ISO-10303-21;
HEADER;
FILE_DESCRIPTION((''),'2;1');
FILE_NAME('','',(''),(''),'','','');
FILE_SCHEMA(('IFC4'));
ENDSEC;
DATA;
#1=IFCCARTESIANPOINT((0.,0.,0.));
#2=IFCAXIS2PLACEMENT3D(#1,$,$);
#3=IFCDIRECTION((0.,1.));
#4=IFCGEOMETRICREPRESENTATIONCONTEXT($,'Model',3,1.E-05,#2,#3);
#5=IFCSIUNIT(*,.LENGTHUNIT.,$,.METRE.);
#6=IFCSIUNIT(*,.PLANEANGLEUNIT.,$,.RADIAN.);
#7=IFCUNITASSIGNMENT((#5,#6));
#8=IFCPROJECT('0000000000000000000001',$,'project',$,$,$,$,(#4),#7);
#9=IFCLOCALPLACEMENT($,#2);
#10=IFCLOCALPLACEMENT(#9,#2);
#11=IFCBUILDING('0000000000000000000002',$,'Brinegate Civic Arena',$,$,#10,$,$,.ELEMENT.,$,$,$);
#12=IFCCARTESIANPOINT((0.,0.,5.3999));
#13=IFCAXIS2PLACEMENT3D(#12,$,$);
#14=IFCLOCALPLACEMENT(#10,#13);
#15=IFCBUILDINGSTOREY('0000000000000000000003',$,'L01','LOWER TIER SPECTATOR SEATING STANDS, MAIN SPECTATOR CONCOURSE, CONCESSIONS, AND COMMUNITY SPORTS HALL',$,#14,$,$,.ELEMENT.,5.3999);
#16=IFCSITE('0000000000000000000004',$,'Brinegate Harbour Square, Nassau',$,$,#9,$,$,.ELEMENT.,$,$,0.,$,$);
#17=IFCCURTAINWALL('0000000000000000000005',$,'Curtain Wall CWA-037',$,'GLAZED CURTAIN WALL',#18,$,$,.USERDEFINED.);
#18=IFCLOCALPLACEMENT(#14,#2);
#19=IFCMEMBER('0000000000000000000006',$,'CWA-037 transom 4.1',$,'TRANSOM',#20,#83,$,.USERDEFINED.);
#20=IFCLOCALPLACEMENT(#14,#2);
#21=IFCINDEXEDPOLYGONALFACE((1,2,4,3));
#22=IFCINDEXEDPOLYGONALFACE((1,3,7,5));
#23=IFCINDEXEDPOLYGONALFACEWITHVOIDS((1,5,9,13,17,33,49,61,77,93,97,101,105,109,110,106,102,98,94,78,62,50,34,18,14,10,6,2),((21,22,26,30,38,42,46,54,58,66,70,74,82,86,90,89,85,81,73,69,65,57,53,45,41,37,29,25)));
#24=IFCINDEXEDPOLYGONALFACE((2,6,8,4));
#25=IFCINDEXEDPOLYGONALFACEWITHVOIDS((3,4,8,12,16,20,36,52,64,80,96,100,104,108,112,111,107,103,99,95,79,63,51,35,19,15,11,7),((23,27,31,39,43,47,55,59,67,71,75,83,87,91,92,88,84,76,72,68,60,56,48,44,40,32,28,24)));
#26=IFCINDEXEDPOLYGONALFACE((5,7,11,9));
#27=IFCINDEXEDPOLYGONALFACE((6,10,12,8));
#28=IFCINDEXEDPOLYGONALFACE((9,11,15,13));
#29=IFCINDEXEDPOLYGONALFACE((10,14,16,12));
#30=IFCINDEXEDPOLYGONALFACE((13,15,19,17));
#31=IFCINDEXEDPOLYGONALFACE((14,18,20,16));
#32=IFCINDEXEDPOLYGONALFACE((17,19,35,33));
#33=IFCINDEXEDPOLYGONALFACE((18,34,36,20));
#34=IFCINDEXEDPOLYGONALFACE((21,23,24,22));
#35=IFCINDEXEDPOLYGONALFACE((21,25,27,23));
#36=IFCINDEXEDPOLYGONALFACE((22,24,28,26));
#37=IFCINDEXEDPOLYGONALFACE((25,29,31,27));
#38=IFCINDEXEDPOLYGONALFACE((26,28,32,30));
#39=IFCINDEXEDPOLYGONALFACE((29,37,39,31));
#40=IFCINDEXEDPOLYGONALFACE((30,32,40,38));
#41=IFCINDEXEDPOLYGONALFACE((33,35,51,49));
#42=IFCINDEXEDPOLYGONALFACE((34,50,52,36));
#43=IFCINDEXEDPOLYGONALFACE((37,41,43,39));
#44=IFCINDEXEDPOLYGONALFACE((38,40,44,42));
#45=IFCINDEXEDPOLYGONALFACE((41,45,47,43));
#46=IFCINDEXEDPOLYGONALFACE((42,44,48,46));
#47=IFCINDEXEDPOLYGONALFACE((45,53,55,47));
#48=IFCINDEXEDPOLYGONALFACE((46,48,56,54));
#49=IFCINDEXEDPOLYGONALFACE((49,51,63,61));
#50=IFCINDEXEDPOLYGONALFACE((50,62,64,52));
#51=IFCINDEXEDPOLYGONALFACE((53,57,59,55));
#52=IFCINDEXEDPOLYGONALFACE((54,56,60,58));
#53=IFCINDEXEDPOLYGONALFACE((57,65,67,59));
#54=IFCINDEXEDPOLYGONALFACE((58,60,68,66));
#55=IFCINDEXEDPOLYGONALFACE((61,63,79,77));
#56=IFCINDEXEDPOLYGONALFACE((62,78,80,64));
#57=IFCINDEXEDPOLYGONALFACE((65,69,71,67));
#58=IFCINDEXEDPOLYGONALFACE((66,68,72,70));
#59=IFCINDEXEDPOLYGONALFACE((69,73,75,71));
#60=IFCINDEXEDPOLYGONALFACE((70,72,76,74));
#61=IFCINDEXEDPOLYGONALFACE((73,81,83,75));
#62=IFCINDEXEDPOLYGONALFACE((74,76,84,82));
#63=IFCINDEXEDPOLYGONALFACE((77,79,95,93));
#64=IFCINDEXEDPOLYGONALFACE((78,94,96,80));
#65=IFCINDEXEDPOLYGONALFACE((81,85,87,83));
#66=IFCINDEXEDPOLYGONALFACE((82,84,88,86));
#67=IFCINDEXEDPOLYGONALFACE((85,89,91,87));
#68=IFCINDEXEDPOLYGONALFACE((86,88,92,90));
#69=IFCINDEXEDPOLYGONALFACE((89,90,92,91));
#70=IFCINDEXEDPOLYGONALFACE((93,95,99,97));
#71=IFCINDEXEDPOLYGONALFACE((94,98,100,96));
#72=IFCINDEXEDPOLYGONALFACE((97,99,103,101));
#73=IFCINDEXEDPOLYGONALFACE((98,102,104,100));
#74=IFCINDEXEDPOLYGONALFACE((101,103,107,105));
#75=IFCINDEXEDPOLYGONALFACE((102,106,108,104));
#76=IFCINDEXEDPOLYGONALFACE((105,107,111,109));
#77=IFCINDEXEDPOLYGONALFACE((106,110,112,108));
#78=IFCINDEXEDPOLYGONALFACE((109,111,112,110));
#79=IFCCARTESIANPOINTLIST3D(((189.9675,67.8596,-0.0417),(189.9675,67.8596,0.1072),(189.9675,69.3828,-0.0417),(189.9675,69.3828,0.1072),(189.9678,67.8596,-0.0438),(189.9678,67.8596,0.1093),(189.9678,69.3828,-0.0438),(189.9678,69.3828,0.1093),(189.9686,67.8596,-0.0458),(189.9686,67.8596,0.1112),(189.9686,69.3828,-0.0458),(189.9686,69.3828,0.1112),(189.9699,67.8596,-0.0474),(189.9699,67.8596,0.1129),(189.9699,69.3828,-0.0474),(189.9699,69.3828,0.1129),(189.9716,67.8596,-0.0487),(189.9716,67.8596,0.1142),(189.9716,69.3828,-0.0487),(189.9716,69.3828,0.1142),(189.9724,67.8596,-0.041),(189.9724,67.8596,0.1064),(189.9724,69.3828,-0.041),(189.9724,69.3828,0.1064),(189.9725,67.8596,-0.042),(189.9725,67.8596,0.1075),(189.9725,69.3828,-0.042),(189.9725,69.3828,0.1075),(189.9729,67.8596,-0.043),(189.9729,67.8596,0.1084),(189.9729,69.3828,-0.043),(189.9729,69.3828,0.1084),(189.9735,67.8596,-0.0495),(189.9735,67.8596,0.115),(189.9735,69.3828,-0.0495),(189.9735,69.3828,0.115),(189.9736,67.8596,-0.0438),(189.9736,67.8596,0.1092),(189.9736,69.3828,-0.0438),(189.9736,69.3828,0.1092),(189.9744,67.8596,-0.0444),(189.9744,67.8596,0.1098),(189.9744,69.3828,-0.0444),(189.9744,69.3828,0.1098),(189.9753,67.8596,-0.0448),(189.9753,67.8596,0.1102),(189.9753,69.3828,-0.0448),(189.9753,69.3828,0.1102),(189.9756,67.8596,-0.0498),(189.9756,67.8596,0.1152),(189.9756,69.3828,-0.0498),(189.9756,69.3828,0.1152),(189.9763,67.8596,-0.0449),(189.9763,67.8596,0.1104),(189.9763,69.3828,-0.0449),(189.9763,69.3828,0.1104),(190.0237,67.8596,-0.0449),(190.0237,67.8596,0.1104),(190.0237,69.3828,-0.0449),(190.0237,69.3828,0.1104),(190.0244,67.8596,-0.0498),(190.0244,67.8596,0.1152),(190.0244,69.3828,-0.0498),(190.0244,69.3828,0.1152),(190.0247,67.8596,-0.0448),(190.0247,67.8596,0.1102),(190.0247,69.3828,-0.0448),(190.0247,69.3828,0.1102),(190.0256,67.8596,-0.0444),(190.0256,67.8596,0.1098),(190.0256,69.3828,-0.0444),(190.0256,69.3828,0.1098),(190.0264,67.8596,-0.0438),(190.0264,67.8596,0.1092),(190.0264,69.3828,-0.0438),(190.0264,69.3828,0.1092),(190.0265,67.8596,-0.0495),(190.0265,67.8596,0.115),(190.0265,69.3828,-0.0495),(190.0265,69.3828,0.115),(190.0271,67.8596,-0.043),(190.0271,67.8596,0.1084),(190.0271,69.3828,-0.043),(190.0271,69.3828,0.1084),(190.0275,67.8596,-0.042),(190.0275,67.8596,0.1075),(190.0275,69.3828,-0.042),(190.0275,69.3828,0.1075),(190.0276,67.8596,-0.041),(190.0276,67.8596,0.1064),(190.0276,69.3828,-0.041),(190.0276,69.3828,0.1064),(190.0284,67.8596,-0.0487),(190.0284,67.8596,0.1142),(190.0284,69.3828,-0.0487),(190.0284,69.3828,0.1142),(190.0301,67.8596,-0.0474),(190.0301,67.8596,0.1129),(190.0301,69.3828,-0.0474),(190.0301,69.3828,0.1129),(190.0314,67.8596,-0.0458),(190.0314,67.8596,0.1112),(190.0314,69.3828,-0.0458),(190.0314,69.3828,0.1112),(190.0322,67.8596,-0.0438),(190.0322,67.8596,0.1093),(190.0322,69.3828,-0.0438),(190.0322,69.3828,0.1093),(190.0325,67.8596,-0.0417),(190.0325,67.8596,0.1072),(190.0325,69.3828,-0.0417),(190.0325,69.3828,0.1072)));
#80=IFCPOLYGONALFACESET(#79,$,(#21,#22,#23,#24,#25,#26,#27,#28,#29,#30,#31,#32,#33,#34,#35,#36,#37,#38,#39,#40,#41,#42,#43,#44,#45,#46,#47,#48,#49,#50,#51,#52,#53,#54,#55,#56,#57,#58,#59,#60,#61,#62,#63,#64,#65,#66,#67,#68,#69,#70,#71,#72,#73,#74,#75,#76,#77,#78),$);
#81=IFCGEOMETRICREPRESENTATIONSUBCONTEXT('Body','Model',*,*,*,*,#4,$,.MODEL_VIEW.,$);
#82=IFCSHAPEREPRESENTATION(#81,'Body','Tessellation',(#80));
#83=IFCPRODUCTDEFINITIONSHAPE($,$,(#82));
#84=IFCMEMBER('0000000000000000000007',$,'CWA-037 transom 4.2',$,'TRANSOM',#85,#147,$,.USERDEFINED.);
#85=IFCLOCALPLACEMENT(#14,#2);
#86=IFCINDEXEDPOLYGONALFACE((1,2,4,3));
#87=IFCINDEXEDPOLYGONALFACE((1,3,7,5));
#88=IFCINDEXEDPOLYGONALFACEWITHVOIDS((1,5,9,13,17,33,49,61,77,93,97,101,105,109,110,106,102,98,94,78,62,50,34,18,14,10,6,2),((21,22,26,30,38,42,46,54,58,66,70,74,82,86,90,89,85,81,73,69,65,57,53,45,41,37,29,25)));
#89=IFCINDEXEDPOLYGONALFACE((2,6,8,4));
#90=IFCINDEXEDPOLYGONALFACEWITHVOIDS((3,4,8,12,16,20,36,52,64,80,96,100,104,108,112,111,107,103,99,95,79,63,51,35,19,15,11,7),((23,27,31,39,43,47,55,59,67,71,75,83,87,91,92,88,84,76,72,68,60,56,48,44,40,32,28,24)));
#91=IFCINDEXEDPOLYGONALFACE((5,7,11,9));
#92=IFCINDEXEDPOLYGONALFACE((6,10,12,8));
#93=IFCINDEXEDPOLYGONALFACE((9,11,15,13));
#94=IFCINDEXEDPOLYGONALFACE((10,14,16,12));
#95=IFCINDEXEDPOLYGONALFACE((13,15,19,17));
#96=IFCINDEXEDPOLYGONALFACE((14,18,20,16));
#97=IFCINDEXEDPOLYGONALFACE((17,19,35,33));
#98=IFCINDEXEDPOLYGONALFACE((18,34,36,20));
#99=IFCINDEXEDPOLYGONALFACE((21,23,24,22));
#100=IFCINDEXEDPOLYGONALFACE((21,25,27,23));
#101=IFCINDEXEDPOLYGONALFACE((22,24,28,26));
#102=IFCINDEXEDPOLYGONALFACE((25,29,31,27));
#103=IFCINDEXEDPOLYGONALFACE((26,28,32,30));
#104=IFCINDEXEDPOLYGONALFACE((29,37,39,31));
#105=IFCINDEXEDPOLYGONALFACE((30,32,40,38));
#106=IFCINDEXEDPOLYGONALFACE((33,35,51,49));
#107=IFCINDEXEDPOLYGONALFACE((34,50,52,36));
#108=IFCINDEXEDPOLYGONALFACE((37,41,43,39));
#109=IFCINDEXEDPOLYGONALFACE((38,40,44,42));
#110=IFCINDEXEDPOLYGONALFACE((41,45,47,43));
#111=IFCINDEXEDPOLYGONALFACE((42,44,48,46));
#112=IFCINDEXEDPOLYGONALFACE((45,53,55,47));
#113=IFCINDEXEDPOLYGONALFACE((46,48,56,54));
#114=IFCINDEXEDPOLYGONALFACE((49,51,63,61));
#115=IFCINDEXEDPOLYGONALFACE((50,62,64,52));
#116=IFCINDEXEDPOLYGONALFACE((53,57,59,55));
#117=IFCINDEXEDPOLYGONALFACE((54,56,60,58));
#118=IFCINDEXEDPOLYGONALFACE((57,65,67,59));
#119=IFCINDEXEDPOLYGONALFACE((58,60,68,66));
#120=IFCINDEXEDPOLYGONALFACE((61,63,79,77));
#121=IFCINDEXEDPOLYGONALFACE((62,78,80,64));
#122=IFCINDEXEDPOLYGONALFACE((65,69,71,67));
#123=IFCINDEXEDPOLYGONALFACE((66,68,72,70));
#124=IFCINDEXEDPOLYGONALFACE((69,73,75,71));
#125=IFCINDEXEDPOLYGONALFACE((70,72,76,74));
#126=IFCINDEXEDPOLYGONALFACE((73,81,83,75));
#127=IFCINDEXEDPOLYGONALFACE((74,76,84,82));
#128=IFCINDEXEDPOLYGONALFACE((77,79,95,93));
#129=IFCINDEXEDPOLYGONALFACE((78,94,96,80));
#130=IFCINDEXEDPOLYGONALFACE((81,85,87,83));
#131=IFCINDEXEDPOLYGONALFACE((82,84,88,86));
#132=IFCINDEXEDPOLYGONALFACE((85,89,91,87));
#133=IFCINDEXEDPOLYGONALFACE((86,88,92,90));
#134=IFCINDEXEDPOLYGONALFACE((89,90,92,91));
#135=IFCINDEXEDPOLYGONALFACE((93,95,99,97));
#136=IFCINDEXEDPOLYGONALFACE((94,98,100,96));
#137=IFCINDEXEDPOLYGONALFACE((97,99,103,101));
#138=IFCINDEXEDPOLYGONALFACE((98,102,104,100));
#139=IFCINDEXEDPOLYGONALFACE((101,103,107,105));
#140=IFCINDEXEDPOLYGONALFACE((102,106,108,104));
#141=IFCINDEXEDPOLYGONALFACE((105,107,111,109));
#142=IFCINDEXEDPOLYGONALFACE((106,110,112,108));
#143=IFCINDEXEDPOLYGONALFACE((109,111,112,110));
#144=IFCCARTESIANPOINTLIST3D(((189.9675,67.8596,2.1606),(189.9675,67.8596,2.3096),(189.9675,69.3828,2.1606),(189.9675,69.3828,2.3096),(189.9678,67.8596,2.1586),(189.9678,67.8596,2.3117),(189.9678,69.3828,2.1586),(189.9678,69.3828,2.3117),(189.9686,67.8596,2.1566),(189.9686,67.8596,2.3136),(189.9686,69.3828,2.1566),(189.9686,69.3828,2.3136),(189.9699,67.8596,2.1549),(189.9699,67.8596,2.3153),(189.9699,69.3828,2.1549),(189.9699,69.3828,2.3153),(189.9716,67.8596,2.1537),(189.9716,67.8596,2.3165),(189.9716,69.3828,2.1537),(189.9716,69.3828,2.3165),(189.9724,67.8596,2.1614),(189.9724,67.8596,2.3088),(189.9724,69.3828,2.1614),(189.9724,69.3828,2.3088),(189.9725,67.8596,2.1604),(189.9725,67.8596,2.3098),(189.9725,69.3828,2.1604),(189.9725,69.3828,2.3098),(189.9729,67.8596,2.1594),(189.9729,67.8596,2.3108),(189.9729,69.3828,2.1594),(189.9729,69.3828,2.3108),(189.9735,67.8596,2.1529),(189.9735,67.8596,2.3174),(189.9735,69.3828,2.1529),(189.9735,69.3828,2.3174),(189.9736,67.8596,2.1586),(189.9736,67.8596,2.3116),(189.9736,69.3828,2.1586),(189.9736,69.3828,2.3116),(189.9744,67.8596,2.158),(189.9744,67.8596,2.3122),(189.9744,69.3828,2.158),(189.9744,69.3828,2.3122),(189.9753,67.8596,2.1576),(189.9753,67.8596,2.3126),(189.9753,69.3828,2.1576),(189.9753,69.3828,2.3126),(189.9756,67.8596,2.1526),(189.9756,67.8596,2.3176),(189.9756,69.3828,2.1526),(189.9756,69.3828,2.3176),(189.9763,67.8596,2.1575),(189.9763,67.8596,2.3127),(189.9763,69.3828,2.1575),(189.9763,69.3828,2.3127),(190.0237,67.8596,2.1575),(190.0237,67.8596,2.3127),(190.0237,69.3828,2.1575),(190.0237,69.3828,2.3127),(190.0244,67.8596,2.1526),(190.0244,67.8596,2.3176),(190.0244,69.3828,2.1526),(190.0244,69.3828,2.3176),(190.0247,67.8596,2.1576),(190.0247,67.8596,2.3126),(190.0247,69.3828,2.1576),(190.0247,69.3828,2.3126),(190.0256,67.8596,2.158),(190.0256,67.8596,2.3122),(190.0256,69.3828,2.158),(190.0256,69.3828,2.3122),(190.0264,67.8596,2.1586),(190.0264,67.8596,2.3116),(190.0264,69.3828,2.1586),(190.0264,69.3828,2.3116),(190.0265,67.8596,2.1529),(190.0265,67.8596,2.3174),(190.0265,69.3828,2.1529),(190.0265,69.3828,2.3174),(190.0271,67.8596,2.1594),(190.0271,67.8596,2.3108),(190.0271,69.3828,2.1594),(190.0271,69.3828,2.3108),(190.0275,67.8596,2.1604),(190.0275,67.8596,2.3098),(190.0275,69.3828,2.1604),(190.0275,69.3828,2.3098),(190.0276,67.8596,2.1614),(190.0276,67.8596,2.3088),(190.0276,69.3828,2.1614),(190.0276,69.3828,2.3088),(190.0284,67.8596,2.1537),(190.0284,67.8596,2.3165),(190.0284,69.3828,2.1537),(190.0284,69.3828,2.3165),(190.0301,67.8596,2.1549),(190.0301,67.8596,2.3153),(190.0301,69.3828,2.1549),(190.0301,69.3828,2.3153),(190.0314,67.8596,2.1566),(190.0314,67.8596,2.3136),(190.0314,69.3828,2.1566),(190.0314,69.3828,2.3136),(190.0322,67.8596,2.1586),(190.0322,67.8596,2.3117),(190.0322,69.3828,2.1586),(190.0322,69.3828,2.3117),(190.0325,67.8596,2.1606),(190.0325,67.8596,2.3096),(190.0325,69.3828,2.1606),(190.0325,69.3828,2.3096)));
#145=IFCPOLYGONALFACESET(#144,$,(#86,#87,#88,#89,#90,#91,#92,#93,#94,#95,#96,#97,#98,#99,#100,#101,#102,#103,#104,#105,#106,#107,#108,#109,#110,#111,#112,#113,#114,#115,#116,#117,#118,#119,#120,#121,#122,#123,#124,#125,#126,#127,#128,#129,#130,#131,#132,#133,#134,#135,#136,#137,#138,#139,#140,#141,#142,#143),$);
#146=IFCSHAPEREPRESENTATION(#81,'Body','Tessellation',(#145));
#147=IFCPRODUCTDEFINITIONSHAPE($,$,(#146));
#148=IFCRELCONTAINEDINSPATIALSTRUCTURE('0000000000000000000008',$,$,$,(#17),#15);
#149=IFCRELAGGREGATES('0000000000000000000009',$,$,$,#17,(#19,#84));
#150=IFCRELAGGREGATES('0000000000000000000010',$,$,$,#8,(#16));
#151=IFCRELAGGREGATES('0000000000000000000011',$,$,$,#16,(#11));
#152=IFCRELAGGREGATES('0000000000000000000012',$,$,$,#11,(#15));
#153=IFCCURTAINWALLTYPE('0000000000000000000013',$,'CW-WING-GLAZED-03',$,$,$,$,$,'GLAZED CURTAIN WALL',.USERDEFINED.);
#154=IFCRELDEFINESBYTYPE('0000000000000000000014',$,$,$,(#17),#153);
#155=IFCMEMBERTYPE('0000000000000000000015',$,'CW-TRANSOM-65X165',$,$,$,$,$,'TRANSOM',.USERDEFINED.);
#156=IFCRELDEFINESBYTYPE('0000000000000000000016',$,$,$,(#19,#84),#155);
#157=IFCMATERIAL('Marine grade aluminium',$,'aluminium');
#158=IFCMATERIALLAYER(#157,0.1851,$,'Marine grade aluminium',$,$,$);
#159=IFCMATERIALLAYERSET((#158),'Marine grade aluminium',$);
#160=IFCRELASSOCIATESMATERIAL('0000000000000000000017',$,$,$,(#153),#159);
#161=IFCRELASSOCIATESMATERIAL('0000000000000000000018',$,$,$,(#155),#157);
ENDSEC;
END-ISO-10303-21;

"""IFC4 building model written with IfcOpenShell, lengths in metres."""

from ifc_helpers import new_model, si_unit, direction, frame, origin, origin_2d, place, context, subcontext, project, spatial, hollow_rectangle, extrude, material, layer, layer_set, material_profile, profile_set, type_object, element, aggregate, save


model = new_model("IFC4")

# Units and contexts
model_context = context("Model", 3, precision=1e-05, world=origin(), true_north=direction((0.0, 1.0)))
body_context = subcontext(model_context, "Body", "Model", "MODEL_VIEW")
ifc_project = project(units=[si_unit("LENGTHUNIT", "METRE"), si_unit("PLANEANGLEUNIT", "RADIAN")], contexts=[model_context])

# Site, building, storey
site_placement = place(None, origin())
site = spatial("IfcSite", under=ifc_project, at=site_placement, Name="Brinegate Harbour Square, Nassau", CompositionType="ELEMENT", RefElevation=0.0)
building_placement = place(site_placement, origin())
building = spatial("IfcBuilding", under=site, at=building_placement, Name="Brinegate Civic Arena", CompositionType="ELEMENT")
storey_placement = place(building_placement, frame((0.0, 0.0, 5.3999)))
storey = spatial("IfcBuildingStorey", under=building, at=storey_placement, Name="L01", Description="LOWER TIER SPECTATOR SEATING STANDS, MAIN SPECTATOR CONCOURSE, CONCESSIONS, AND COMMUNITY SPORTS HALL", CompositionType="ELEMENT", Elevation=5.3999)

# Curtain wall, members
ifc_material_1 = material(Name="Marine grade aluminium", Category="aluminium")
ifc_layer_1 = layer(ifc_material_1, 0.1851, Name="Marine grade aluminium")
ifc_layer_set_1 = layer_set([ifc_layer_1], Name="Marine grade aluminium")
curtain_wall_type = type_object("IfcCurtainWallType", Name="CW-WING-GLAZED-03", ElementType="GLAZED CURTAIN WALL", PredefinedType="USERDEFINED", material=ifc_layer_set_1)
curtain_wall_placement = place(storey_placement, origin())
curtain_wall = element("IfcCurtainWall", 1, at=curtain_wall_placement, inside=storey, type_object=curtain_wall_type, Name="Curtain Wall CWA-037", ObjectType="GLAZED CURTAIN WALL", PredefinedType="USERDEFINED")
ifc_material_profile_1 = material_profile(ifc_material_1, hollow_rectangle(XDim=0.0649, YDim=0.165, WallThickness=0.0049, InnerFilletRadius=0.0039, OuterFilletRadius=0.0081, at=origin_2d()), Name="TRN65X165")
ifc_profile_set_1 = profile_set([ifc_material_profile_1], Name="Marine grade aluminium")
member_type_1 = type_object("IfcMemberType", Name="CW-TRANSOM-65X165", ElementType="TRANSOM", PredefinedType="USERDEFINED", material=ifc_profile_set_1)
member_1_placement = place(storey_placement, frame((190.0, 67.8596, 0.0327), z_axis=(0.0, 1.0, 0.0), x_axis=(-1.0, 0.0, 0.0)))
member_1 = element("IfcMember", 2, at=member_1_placement, type_object=member_type_1, Name="CWA-037 transom 4.1", ObjectType="TRANSOM", PredefinedType="USERDEFINED", context=body_context, shape_type="SweptSolid", body=[
    extrude(hollow_rectangle(XDim=0.0649, YDim=0.165, WallThickness=0.0049, InnerFilletRadius=0.0039, OuterFilletRadius=0.0081, at=origin_2d()), origin(), (0.0, 0.0, 1.0), 1.5232),
])
member_2_placement = place(storey_placement, frame((190.0, 67.8596, 2.2351), z_axis=(0.0, 1.0, 0.0), x_axis=(-1.0, 0.0, 0.0)))
member_2 = element("IfcMember", 3, at=member_2_placement, type_object=member_type_1, Name="CWA-037 transom 4.2", ObjectType="TRANSOM", PredefinedType="USERDEFINED", context=body_context, shape_type="SweptSolid", body=[
    extrude(hollow_rectangle(XDim=0.0649, YDim=0.165, WallThickness=0.0049, InnerFilletRadius=0.0039, OuterFilletRadius=0.0081, at=origin_2d()), origin(), (0.0, 0.0, 1.0), 1.5232),
])

aggregate(curtain_wall, [member_1, member_2])

save(model, "model.ifc")
